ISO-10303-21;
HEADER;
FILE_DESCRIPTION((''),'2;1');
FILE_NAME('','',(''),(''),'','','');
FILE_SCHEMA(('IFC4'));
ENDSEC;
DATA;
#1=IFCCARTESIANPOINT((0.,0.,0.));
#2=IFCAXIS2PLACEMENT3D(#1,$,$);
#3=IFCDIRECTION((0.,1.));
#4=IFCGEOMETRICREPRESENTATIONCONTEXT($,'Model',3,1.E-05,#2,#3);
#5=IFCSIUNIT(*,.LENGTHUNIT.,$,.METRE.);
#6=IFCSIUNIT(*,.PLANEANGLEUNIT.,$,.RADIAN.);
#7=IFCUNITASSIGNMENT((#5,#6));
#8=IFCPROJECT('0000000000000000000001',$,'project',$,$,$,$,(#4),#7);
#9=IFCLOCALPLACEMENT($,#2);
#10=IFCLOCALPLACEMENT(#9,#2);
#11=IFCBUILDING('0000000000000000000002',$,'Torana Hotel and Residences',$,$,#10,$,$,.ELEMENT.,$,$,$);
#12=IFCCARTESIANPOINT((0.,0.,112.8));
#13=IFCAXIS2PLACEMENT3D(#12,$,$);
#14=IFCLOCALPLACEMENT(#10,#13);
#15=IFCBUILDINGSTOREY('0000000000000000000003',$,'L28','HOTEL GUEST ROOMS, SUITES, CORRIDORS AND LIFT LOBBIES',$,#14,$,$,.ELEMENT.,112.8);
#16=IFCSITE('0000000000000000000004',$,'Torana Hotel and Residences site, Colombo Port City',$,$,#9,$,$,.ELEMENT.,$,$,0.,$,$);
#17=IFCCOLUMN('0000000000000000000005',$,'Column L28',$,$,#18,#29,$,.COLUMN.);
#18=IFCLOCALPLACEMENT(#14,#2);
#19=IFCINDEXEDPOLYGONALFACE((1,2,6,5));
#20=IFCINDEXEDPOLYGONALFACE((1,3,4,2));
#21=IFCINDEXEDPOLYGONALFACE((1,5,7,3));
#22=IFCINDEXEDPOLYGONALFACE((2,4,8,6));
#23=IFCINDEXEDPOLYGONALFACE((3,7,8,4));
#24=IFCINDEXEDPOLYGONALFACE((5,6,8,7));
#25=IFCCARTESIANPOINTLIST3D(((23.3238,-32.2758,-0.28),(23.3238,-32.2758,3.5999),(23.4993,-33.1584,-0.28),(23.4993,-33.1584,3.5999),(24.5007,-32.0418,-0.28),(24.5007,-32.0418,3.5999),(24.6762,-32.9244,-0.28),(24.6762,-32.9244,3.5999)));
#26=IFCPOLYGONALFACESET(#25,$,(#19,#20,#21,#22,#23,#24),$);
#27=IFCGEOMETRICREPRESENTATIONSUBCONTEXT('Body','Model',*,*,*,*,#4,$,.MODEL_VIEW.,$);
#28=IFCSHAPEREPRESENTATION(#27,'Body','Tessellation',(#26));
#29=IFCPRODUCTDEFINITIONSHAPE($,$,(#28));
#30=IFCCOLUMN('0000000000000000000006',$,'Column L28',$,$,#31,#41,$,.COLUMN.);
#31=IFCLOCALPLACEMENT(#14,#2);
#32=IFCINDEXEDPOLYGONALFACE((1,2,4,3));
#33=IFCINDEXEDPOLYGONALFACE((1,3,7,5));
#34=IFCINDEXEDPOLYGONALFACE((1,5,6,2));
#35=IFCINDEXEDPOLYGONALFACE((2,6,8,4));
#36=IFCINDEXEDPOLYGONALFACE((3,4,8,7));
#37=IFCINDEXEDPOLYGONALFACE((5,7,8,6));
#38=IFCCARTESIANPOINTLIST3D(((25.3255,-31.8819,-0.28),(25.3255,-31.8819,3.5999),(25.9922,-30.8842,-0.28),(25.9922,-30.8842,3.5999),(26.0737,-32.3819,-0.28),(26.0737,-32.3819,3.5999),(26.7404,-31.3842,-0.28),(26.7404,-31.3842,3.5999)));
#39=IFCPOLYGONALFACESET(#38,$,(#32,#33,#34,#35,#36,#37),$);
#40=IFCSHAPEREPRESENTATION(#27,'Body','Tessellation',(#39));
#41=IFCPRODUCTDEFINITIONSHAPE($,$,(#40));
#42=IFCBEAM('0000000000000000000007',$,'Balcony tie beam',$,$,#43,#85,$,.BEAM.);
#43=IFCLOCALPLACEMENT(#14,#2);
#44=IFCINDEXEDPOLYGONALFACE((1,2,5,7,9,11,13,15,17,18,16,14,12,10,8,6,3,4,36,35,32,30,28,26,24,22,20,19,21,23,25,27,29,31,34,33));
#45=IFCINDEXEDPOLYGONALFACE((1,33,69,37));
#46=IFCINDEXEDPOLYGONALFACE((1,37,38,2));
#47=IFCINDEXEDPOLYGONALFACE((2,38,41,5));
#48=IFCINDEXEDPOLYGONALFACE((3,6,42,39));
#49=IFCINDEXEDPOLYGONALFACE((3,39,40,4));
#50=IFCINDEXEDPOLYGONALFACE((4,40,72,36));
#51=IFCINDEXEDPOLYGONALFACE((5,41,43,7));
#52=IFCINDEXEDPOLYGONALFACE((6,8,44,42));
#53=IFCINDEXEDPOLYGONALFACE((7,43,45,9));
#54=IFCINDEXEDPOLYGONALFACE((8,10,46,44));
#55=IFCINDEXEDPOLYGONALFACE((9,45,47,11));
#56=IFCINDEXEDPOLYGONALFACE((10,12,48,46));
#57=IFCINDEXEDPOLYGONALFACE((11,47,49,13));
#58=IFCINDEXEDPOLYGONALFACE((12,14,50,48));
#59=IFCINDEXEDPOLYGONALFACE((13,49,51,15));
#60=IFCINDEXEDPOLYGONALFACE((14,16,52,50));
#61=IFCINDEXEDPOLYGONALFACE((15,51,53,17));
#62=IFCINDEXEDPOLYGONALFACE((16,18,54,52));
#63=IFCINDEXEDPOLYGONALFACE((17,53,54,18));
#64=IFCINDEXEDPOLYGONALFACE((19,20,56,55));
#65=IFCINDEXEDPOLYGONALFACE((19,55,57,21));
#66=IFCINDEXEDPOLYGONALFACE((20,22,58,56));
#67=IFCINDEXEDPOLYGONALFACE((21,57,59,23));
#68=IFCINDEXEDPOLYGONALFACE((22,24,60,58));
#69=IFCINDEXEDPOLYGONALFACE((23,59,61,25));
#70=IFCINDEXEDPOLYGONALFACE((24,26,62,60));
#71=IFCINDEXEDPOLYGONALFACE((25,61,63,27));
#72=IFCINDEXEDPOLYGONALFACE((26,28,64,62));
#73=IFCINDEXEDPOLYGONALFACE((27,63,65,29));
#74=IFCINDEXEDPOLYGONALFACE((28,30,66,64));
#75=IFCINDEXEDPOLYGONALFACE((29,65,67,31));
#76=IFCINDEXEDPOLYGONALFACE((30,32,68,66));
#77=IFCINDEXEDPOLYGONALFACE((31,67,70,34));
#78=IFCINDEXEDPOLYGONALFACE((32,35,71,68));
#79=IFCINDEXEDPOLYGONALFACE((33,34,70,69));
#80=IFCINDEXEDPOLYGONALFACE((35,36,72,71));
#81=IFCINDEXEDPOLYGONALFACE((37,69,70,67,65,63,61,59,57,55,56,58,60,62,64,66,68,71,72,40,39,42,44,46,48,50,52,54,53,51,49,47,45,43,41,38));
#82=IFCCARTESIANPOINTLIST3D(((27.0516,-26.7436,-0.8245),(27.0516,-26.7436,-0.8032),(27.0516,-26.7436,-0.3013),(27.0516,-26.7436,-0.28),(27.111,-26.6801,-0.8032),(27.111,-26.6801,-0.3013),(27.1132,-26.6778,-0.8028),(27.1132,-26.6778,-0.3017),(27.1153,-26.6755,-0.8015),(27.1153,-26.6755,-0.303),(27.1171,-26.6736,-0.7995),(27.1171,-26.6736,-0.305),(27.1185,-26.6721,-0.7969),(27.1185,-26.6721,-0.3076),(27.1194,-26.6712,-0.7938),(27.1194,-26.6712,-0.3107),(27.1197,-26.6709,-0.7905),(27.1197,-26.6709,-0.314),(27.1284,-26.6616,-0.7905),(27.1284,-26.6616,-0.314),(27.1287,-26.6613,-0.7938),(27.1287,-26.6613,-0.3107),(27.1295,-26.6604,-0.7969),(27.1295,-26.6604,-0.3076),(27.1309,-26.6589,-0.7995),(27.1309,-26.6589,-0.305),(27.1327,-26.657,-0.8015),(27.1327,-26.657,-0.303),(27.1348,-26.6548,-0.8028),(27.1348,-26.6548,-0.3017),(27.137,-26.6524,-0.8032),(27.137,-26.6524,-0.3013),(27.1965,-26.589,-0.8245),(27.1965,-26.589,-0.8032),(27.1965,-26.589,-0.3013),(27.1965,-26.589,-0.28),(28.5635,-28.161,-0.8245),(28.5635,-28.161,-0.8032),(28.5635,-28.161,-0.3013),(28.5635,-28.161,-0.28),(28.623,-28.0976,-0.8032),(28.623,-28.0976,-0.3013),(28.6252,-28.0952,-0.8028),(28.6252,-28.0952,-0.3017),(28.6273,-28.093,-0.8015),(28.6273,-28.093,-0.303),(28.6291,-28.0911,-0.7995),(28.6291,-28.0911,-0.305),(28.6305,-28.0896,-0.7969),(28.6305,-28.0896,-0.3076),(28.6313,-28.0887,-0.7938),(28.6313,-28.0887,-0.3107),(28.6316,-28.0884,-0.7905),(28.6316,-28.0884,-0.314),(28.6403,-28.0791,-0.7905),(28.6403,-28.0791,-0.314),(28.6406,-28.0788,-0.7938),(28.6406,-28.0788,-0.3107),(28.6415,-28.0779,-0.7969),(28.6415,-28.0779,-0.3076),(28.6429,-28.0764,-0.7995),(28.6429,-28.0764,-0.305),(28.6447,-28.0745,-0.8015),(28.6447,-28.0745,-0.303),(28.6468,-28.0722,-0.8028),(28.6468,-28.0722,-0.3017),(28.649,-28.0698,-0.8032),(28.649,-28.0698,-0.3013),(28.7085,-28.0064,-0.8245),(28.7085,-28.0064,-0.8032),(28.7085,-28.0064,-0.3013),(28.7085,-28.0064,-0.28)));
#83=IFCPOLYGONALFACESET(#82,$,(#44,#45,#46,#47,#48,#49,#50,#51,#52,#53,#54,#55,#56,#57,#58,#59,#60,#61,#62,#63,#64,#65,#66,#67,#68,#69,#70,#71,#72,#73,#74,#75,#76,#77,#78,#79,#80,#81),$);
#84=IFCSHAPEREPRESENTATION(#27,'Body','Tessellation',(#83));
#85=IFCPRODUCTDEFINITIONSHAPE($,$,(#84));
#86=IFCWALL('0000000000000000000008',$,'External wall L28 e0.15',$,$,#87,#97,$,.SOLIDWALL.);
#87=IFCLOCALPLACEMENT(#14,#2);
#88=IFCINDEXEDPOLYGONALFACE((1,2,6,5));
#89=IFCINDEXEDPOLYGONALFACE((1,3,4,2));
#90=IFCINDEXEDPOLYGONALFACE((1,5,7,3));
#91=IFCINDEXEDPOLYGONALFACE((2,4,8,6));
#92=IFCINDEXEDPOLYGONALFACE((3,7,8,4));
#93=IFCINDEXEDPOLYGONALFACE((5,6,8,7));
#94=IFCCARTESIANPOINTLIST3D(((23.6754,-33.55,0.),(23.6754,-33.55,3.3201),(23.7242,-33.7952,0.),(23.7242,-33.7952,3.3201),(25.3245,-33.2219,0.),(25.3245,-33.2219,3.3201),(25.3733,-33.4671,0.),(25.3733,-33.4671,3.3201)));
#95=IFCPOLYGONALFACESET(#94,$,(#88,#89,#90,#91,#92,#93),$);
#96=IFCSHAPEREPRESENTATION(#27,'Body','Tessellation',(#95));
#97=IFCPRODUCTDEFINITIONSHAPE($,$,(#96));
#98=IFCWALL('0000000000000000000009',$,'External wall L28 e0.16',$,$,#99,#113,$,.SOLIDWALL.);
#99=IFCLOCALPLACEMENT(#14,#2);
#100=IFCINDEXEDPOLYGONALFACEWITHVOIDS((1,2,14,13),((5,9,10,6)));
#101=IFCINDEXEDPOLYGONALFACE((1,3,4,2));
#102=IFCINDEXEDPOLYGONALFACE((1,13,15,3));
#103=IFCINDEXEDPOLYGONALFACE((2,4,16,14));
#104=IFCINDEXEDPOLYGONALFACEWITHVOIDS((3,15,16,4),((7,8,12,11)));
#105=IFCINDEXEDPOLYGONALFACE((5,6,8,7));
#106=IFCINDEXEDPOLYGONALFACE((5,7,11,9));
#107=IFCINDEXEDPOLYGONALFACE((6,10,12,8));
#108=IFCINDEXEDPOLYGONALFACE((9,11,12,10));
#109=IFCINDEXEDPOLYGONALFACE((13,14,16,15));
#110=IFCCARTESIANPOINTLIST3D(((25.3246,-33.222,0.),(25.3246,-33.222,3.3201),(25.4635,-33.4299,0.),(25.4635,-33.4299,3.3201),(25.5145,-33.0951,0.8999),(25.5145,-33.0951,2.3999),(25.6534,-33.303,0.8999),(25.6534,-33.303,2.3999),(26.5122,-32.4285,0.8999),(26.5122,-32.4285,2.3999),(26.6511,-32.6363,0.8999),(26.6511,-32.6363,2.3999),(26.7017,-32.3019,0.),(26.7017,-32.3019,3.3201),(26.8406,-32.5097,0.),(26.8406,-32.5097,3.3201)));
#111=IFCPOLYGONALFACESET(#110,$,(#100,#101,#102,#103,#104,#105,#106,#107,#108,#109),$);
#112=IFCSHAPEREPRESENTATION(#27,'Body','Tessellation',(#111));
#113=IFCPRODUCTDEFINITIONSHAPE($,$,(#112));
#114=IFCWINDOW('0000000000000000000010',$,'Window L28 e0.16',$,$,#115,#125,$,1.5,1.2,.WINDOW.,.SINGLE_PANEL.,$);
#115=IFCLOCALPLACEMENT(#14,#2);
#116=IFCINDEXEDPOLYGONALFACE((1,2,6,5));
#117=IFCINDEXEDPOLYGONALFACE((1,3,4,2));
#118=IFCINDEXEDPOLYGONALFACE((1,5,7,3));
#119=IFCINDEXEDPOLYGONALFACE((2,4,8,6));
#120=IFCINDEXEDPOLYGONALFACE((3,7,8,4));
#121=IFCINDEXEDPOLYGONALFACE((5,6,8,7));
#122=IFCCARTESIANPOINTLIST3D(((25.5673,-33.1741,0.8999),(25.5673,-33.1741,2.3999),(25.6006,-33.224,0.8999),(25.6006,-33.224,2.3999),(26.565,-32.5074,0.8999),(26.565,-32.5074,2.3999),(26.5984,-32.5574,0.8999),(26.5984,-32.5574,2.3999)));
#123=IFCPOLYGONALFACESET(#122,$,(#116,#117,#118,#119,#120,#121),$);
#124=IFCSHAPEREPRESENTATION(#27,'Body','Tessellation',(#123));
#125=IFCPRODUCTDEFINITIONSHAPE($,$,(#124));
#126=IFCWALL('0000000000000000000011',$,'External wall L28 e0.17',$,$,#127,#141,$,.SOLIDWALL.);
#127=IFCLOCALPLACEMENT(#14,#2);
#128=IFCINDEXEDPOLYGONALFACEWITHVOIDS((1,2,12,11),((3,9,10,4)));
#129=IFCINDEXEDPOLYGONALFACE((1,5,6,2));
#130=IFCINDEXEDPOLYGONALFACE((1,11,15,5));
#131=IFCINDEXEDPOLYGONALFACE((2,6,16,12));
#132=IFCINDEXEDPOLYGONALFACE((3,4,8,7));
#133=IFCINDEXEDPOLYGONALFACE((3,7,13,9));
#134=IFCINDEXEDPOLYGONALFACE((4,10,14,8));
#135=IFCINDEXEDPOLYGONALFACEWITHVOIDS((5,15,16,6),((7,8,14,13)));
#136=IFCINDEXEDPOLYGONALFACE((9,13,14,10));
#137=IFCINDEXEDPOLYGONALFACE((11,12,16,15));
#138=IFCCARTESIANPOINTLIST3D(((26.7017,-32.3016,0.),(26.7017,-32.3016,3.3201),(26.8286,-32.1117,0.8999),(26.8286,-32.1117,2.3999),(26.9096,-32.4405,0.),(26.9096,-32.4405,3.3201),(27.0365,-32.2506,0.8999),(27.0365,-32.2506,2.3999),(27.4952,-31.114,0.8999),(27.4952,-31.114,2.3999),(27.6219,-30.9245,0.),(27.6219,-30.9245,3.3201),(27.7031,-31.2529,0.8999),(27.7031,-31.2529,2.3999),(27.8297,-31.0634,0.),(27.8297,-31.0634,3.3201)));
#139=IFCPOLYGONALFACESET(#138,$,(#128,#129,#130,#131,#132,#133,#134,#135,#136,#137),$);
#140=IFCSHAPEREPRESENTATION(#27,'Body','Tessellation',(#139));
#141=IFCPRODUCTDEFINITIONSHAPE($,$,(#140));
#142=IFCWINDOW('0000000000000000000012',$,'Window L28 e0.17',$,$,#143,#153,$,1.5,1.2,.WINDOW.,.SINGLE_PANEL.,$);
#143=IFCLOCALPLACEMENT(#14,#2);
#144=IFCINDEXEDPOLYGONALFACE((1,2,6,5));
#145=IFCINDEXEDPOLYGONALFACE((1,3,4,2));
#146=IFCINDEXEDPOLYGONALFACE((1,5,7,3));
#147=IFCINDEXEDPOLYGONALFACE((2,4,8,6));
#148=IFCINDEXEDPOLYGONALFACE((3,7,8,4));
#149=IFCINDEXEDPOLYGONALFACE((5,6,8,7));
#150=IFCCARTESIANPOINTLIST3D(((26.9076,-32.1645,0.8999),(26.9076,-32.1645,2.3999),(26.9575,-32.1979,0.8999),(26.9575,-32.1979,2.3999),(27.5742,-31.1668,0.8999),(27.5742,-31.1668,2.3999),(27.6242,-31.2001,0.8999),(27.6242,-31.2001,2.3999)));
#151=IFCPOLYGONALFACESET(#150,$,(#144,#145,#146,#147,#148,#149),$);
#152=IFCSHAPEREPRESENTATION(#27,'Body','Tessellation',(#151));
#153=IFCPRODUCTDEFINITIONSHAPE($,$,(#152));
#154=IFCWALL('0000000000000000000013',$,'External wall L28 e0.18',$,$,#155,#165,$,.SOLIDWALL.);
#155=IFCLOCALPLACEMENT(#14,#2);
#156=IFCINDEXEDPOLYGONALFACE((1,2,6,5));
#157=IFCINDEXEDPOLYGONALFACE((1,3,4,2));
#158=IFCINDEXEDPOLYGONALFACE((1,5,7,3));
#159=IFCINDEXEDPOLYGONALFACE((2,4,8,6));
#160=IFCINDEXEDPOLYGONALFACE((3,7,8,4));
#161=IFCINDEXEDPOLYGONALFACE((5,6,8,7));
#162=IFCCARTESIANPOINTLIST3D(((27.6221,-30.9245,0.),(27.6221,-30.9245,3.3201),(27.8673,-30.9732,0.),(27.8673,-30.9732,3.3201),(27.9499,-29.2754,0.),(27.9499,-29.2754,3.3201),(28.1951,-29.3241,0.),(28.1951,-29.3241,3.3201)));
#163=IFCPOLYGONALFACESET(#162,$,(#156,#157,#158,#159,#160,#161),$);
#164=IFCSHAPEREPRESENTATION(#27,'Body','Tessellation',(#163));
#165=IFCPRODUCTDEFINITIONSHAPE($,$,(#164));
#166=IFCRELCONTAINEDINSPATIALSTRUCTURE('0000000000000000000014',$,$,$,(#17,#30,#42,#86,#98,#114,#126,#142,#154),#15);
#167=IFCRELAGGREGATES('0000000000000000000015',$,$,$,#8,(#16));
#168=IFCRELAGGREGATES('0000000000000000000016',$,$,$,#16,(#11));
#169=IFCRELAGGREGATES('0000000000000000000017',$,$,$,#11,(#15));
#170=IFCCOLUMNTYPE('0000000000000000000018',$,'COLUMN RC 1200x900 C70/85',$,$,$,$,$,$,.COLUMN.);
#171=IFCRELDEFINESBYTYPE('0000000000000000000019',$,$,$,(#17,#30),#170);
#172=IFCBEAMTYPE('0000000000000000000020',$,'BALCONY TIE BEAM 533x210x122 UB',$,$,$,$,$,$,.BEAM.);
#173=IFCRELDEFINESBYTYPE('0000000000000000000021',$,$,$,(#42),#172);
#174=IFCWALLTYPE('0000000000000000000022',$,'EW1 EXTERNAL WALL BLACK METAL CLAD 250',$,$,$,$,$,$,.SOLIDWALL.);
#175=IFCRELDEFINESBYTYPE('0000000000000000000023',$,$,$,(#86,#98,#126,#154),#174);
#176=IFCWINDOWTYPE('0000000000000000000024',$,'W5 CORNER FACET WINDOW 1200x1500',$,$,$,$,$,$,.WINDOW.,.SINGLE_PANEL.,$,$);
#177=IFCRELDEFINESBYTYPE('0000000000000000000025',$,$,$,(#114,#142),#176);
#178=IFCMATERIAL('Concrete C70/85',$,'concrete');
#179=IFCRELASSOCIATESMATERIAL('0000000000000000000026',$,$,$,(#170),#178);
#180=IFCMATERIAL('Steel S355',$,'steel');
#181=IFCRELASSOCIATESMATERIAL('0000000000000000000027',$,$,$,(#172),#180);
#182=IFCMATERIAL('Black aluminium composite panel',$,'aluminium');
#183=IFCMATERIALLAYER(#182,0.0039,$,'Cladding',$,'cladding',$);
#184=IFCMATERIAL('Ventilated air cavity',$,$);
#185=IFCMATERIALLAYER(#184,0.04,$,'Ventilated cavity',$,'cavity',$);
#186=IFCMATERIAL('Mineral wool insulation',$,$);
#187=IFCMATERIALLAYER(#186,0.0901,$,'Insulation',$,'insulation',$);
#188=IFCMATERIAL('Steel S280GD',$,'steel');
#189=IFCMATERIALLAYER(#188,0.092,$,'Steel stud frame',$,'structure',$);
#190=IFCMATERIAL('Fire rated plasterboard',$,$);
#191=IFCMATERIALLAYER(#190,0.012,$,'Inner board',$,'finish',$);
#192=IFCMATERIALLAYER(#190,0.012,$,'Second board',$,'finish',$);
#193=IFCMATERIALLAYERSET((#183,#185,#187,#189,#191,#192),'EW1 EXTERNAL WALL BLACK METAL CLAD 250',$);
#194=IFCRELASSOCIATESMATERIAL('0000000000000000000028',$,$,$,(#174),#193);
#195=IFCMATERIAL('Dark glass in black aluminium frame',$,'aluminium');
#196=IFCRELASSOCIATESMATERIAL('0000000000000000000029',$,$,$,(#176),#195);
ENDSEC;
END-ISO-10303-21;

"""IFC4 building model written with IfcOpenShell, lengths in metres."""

from ifc_helpers import new_model, si_unit, direction, frame, frame_2d, origin, origin_2d, place, context, subcontext, project, spatial, rectangle, i_section, extrude, material, layer, layer_set, material_profile, profile_set, type_object, element, fill, save


model = new_model("IFC4")

# Units and contexts
model_context = context("Model", 3, precision=1e-05, world=origin(), true_north=direction((0.0, 1.0)))
body_context = subcontext(model_context, "Body", "Model", "MODEL_VIEW")
ifc_project = project(units=[si_unit("LENGTHUNIT", "METRE"), si_unit("PLANEANGLEUNIT", "RADIAN")], contexts=[model_context])

# Site, building, storey
site_placement = place(None, origin())
site = spatial("IfcSite", under=ifc_project, at=site_placement, Name="Torana Hotel and Residences site, Colombo Port City", CompositionType="ELEMENT", RefElevation=0.0)
building_placement = place(site_placement, origin())
building = spatial("IfcBuilding", under=site, at=building_placement, Name="Torana Hotel and Residences", CompositionType="ELEMENT")
storey_placement = place(building_placement, frame((0.0, 0.0, 112.8)))
storey = spatial("IfcBuildingStorey", under=building, at=storey_placement, Name="L28", Description="HOTEL GUEST ROOMS, SUITES, CORRIDORS AND LIFT LOBBIES", CompositionType="ELEMENT", Elevation=112.8)

# Columns
ifc_material_1 = material(Name="Concrete C70/85", Category="concrete")
ifc_material_profile_1 = material_profile(ifc_material_1, rectangle(XDim=1.2, YDim=0.8999, at=origin_2d()), Name="RC 1200x900")
ifc_profile_set_1 = profile_set([ifc_material_profile_1], Name="Concrete C70/85")
column_type = type_object("IfcColumnType", Name="COLUMN RC 1200x900 C70/85", PredefinedType="COLUMN", material=ifc_profile_set_1)
for number, where, z_axis, x_axis, name in (
    (1, (24.0, -32.6001, -0.28), (0.0, 0.0, 1.0), (0.980792, 0.195056, 0.0), "Column L28"),
    (2, (26.033, -31.6331, -0.28), (0.0, 0.0, 1.0), (0.555585, 0.83146, 0.0), "Column L28"),
):
    element("IfcColumn", number, at=place(storey_placement, frame(where, z_axis=z_axis, x_axis=x_axis)), inside=storey, type_object=column_type, Name=name, PredefinedType="COLUMN", context=body_context, shape_type="SweptSolid", body=[
        extrude(rectangle(XDim=1.2, YDim=0.8999, at=origin_2d()), origin(), (0.0, 0.0, 1.0), 3.8799),
    ])

# Beam
ifc_material_2 = material(Name="Steel S355", Category="steel")
ifc_material_profile_2 = material_profile(ifc_material_2, i_section(OverallWidth=0.2119, OverallDepth=0.5444, WebThickness=0.0127, FlangeThickness=0.0212, FilletRadius=0.0127, at=origin_2d()), Name="533x210x122 UB")
ifc_profile_set_2 = profile_set([ifc_material_profile_2], Name="Steel S355")
beam_type = type_object("IfcBeamType", Name="BALCONY TIE BEAM 533x210x122 UB", PredefinedType="BEAM", material=ifc_profile_set_2)
beam_placement = place(storey_placement, frame((28.636, -28.0837, -0.5522), z_axis=(-0.729534, 0.683945, 0.0), x_axis=(-0.683945, -0.729534, 0.0)))
element("IfcBeam", 3, at=beam_placement, inside=storey, type_object=beam_type, Name="Balcony tie beam", PredefinedType="BEAM", context=body_context, shape_type="SweptSolid", body=[
    extrude(i_section(OverallWidth=0.2119, OverallDepth=0.5444, WebThickness=0.0127, FlangeThickness=0.0212, FilletRadius=0.0127, at=origin_2d()), origin(), (0.0, 0.0, 1.0), 2.0725),
])

# Wall
ifc_material_3 = material(Name="Black aluminium composite panel", Category="aluminium")
ifc_layer_1 = layer(ifc_material_3, 0.0039, Name="Cladding", Category="cladding")
ifc_material_4 = material(Name="Ventilated air cavity")
ifc_layer_2 = layer(ifc_material_4, 0.04, Name="Ventilated cavity", Category="cavity")
ifc_material_5 = material(Name="Mineral wool insulation")
ifc_layer_3 = layer(ifc_material_5, 0.0901, Name="Insulation", Category="insulation")
ifc_material_6 = material(Name="Steel S280GD", Category="steel")
ifc_layer_4 = layer(ifc_material_6, 0.092, Name="Steel stud frame", Category="structure")
ifc_material_7 = material(Name="Fire rated plasterboard")
ifc_layer_5 = layer(ifc_material_7, 0.012, Name="Inner board", Category="finish")
ifc_layer_6 = layer(ifc_material_7, 0.012, Name="Second board", Category="finish")
ifc_layer_set_1 = layer_set([ifc_layer_1, ifc_layer_2, ifc_layer_3, ifc_layer_4, ifc_layer_5, ifc_layer_6], Name="EW1 EXTERNAL WALL BLACK METAL CLAD 250")
wall_type_1 = type_object("IfcWallType", Name="EW1 EXTERNAL WALL BLACK METAL CLAD 250", PredefinedType="SOLIDWALL", material=ifc_layer_set_1)
wall_1_placement = place(storey_placement, frame((23.6997, -33.6726, 0.0), z_axis=(0.0, 0.0, 1.0), x_axis=(0.980776, 0.195139, 0.0)))
element("IfcWall", 4, at=wall_1_placement, inside=storey, type_object=wall_type_1, Name="External wall L28 e0.15", PredefinedType="SOLIDWALL", context=body_context, shape_type="SweptSolid", body=[
    extrude(rectangle(XDim=1.6814, YDim=0.25, at=frame_2d((0.8408, 0.0))), origin(), (0.0, 0.0, 1.0), 3.3201),
])

# Walls, openings, windows
wall_2_placement = place(storey_placement, frame((25.394, -33.3259, 0.0), z_axis=(0.0, 0.0, 1.0), x_axis=(0.831483, 0.55555, 0.0)))
wall_2 = element("IfcWall", 5, at=wall_2_placement, inside=storey, type_object=wall_type_1, Name="External wall L28 e0.16", PredefinedType="SOLIDWALL", context=body_context, shape_type="SweptSolid", body=[
    extrude(rectangle(XDim=1.6562, YDim=0.25, at=frame_2d((0.8281, 0.0))), origin(), (0.0, 0.0, 1.0), 3.3201),
])
opening_1_placement = place(wall_2_placement, frame((0.2283, 0.0, 0.8999)))
opening_1 = element("IfcOpeningElement", 6, at=opening_1_placement, cuts=wall_2, PredefinedType="OPENING", context=body_context, shape_type="SweptSolid", body=[
    extrude(rectangle(XDim=1.2, YDim=1.5, at=frame_2d((0.6001, 0.75))), frame((0.0, 0.135, 0.0), z_axis=(0.0, -1.0, 0.0), x_axis=(1.0, 0.0, 0.0)), (0.0, 0.0, 1.0), 0.27),
])
ifc_material_8 = material(Name="Dark glass in black aluminium frame", Category="aluminium")
window_type_1 = type_object("IfcWindowType", Name="W5 CORNER FACET WINDOW 1200x1500", PartitioningType="SINGLE_PANEL", PredefinedType="WINDOW", material=ifc_material_8)
window_1_placement = place(opening_1_placement, origin())
window_1 = element("IfcWindow", 7, at=window_1_placement, inside=storey, type_object=window_type_1, Name="Window L28 e0.16", OverallHeight=1.5, OverallWidth=1.2, PartitioningType="SINGLE_PANEL", PredefinedType="WINDOW", context=body_context, shape_type="SweptSolid", body=[
    extrude(rectangle(XDim=1.2, YDim=1.5, at=frame_2d((0.6001, 0.75))), frame((0.0, 0.03, 0.0), z_axis=(0.0, -1.0, 0.0), x_axis=(1.0, 0.0, 0.0)), (0.0, 0.0, 1.0), 0.0601),
])
fill(opening_1, window_1)
wall_3_placement = place(storey_placement, frame((26.8057, -32.3711, 0.0), z_axis=(0.0, 0.0, 1.0), x_axis=(0.55555, 0.831483, 0.0)))
wall_3 = element("IfcWall", 8, at=wall_3_placement, inside=storey, type_object=wall_type_1, Name="External wall L28 e0.17", PredefinedType="SOLIDWALL", context=body_context, shape_type="SweptSolid", body=[
    extrude(rectangle(XDim=1.6562, YDim=0.25, at=frame_2d((0.8281, 0.0))), origin(), (0.0, 0.0, 1.0), 3.3201),
])
opening_2_placement = place(wall_3_placement, frame((0.2283, 0.0, 0.8999)))
opening_2 = element("IfcOpeningElement", 9, at=opening_2_placement, cuts=wall_3, PredefinedType="OPENING", context=body_context, shape_type="SweptSolid", body=[
    extrude(rectangle(XDim=1.2, YDim=1.5, at=frame_2d((0.6001, 0.75))), frame((0.0, 0.135, 0.0), z_axis=(0.0, -1.0, 0.0), x_axis=(1.0, 0.0, 0.0)), (0.0, 0.0, 1.0), 0.27),
])
window_2_placement = place(opening_2_placement, origin())
window_2 = element("IfcWindow", 10, at=window_2_placement, inside=storey, type_object=window_type_1, Name="Window L28 e0.17", OverallHeight=1.5, OverallWidth=1.2, PartitioningType="SINGLE_PANEL", PredefinedType="WINDOW", context=body_context, shape_type="SweptSolid", body=[
    extrude(rectangle(XDim=1.2, YDim=1.5, at=frame_2d((0.6001, 0.75))), frame((0.0, 0.03, 0.0), z_axis=(0.0, -1.0, 0.0), x_axis=(1.0, 0.0, 0.0)), (0.0, 0.0, 1.0), 0.0601),
])
fill(opening_2, window_2)

# Wall
wall_4_placement = place(storey_placement, frame((27.7446, -30.949, 0.0), z_axis=(0.0, 0.0, 1.0), x_axis=(0.194999, 0.980803, 0.0)))
element("IfcWall", 11, at=wall_4_placement, inside=storey, type_object=wall_type_1, Name="External wall L28 e0.18", PredefinedType="SOLIDWALL", context=body_context, shape_type="SweptSolid", body=[
    extrude(rectangle(XDim=1.6814, YDim=0.25, at=frame_2d((0.8408, 0.0))), origin(), (0.0, 0.0, 1.0), 3.3201),
])

save(model, "model.ifc")
